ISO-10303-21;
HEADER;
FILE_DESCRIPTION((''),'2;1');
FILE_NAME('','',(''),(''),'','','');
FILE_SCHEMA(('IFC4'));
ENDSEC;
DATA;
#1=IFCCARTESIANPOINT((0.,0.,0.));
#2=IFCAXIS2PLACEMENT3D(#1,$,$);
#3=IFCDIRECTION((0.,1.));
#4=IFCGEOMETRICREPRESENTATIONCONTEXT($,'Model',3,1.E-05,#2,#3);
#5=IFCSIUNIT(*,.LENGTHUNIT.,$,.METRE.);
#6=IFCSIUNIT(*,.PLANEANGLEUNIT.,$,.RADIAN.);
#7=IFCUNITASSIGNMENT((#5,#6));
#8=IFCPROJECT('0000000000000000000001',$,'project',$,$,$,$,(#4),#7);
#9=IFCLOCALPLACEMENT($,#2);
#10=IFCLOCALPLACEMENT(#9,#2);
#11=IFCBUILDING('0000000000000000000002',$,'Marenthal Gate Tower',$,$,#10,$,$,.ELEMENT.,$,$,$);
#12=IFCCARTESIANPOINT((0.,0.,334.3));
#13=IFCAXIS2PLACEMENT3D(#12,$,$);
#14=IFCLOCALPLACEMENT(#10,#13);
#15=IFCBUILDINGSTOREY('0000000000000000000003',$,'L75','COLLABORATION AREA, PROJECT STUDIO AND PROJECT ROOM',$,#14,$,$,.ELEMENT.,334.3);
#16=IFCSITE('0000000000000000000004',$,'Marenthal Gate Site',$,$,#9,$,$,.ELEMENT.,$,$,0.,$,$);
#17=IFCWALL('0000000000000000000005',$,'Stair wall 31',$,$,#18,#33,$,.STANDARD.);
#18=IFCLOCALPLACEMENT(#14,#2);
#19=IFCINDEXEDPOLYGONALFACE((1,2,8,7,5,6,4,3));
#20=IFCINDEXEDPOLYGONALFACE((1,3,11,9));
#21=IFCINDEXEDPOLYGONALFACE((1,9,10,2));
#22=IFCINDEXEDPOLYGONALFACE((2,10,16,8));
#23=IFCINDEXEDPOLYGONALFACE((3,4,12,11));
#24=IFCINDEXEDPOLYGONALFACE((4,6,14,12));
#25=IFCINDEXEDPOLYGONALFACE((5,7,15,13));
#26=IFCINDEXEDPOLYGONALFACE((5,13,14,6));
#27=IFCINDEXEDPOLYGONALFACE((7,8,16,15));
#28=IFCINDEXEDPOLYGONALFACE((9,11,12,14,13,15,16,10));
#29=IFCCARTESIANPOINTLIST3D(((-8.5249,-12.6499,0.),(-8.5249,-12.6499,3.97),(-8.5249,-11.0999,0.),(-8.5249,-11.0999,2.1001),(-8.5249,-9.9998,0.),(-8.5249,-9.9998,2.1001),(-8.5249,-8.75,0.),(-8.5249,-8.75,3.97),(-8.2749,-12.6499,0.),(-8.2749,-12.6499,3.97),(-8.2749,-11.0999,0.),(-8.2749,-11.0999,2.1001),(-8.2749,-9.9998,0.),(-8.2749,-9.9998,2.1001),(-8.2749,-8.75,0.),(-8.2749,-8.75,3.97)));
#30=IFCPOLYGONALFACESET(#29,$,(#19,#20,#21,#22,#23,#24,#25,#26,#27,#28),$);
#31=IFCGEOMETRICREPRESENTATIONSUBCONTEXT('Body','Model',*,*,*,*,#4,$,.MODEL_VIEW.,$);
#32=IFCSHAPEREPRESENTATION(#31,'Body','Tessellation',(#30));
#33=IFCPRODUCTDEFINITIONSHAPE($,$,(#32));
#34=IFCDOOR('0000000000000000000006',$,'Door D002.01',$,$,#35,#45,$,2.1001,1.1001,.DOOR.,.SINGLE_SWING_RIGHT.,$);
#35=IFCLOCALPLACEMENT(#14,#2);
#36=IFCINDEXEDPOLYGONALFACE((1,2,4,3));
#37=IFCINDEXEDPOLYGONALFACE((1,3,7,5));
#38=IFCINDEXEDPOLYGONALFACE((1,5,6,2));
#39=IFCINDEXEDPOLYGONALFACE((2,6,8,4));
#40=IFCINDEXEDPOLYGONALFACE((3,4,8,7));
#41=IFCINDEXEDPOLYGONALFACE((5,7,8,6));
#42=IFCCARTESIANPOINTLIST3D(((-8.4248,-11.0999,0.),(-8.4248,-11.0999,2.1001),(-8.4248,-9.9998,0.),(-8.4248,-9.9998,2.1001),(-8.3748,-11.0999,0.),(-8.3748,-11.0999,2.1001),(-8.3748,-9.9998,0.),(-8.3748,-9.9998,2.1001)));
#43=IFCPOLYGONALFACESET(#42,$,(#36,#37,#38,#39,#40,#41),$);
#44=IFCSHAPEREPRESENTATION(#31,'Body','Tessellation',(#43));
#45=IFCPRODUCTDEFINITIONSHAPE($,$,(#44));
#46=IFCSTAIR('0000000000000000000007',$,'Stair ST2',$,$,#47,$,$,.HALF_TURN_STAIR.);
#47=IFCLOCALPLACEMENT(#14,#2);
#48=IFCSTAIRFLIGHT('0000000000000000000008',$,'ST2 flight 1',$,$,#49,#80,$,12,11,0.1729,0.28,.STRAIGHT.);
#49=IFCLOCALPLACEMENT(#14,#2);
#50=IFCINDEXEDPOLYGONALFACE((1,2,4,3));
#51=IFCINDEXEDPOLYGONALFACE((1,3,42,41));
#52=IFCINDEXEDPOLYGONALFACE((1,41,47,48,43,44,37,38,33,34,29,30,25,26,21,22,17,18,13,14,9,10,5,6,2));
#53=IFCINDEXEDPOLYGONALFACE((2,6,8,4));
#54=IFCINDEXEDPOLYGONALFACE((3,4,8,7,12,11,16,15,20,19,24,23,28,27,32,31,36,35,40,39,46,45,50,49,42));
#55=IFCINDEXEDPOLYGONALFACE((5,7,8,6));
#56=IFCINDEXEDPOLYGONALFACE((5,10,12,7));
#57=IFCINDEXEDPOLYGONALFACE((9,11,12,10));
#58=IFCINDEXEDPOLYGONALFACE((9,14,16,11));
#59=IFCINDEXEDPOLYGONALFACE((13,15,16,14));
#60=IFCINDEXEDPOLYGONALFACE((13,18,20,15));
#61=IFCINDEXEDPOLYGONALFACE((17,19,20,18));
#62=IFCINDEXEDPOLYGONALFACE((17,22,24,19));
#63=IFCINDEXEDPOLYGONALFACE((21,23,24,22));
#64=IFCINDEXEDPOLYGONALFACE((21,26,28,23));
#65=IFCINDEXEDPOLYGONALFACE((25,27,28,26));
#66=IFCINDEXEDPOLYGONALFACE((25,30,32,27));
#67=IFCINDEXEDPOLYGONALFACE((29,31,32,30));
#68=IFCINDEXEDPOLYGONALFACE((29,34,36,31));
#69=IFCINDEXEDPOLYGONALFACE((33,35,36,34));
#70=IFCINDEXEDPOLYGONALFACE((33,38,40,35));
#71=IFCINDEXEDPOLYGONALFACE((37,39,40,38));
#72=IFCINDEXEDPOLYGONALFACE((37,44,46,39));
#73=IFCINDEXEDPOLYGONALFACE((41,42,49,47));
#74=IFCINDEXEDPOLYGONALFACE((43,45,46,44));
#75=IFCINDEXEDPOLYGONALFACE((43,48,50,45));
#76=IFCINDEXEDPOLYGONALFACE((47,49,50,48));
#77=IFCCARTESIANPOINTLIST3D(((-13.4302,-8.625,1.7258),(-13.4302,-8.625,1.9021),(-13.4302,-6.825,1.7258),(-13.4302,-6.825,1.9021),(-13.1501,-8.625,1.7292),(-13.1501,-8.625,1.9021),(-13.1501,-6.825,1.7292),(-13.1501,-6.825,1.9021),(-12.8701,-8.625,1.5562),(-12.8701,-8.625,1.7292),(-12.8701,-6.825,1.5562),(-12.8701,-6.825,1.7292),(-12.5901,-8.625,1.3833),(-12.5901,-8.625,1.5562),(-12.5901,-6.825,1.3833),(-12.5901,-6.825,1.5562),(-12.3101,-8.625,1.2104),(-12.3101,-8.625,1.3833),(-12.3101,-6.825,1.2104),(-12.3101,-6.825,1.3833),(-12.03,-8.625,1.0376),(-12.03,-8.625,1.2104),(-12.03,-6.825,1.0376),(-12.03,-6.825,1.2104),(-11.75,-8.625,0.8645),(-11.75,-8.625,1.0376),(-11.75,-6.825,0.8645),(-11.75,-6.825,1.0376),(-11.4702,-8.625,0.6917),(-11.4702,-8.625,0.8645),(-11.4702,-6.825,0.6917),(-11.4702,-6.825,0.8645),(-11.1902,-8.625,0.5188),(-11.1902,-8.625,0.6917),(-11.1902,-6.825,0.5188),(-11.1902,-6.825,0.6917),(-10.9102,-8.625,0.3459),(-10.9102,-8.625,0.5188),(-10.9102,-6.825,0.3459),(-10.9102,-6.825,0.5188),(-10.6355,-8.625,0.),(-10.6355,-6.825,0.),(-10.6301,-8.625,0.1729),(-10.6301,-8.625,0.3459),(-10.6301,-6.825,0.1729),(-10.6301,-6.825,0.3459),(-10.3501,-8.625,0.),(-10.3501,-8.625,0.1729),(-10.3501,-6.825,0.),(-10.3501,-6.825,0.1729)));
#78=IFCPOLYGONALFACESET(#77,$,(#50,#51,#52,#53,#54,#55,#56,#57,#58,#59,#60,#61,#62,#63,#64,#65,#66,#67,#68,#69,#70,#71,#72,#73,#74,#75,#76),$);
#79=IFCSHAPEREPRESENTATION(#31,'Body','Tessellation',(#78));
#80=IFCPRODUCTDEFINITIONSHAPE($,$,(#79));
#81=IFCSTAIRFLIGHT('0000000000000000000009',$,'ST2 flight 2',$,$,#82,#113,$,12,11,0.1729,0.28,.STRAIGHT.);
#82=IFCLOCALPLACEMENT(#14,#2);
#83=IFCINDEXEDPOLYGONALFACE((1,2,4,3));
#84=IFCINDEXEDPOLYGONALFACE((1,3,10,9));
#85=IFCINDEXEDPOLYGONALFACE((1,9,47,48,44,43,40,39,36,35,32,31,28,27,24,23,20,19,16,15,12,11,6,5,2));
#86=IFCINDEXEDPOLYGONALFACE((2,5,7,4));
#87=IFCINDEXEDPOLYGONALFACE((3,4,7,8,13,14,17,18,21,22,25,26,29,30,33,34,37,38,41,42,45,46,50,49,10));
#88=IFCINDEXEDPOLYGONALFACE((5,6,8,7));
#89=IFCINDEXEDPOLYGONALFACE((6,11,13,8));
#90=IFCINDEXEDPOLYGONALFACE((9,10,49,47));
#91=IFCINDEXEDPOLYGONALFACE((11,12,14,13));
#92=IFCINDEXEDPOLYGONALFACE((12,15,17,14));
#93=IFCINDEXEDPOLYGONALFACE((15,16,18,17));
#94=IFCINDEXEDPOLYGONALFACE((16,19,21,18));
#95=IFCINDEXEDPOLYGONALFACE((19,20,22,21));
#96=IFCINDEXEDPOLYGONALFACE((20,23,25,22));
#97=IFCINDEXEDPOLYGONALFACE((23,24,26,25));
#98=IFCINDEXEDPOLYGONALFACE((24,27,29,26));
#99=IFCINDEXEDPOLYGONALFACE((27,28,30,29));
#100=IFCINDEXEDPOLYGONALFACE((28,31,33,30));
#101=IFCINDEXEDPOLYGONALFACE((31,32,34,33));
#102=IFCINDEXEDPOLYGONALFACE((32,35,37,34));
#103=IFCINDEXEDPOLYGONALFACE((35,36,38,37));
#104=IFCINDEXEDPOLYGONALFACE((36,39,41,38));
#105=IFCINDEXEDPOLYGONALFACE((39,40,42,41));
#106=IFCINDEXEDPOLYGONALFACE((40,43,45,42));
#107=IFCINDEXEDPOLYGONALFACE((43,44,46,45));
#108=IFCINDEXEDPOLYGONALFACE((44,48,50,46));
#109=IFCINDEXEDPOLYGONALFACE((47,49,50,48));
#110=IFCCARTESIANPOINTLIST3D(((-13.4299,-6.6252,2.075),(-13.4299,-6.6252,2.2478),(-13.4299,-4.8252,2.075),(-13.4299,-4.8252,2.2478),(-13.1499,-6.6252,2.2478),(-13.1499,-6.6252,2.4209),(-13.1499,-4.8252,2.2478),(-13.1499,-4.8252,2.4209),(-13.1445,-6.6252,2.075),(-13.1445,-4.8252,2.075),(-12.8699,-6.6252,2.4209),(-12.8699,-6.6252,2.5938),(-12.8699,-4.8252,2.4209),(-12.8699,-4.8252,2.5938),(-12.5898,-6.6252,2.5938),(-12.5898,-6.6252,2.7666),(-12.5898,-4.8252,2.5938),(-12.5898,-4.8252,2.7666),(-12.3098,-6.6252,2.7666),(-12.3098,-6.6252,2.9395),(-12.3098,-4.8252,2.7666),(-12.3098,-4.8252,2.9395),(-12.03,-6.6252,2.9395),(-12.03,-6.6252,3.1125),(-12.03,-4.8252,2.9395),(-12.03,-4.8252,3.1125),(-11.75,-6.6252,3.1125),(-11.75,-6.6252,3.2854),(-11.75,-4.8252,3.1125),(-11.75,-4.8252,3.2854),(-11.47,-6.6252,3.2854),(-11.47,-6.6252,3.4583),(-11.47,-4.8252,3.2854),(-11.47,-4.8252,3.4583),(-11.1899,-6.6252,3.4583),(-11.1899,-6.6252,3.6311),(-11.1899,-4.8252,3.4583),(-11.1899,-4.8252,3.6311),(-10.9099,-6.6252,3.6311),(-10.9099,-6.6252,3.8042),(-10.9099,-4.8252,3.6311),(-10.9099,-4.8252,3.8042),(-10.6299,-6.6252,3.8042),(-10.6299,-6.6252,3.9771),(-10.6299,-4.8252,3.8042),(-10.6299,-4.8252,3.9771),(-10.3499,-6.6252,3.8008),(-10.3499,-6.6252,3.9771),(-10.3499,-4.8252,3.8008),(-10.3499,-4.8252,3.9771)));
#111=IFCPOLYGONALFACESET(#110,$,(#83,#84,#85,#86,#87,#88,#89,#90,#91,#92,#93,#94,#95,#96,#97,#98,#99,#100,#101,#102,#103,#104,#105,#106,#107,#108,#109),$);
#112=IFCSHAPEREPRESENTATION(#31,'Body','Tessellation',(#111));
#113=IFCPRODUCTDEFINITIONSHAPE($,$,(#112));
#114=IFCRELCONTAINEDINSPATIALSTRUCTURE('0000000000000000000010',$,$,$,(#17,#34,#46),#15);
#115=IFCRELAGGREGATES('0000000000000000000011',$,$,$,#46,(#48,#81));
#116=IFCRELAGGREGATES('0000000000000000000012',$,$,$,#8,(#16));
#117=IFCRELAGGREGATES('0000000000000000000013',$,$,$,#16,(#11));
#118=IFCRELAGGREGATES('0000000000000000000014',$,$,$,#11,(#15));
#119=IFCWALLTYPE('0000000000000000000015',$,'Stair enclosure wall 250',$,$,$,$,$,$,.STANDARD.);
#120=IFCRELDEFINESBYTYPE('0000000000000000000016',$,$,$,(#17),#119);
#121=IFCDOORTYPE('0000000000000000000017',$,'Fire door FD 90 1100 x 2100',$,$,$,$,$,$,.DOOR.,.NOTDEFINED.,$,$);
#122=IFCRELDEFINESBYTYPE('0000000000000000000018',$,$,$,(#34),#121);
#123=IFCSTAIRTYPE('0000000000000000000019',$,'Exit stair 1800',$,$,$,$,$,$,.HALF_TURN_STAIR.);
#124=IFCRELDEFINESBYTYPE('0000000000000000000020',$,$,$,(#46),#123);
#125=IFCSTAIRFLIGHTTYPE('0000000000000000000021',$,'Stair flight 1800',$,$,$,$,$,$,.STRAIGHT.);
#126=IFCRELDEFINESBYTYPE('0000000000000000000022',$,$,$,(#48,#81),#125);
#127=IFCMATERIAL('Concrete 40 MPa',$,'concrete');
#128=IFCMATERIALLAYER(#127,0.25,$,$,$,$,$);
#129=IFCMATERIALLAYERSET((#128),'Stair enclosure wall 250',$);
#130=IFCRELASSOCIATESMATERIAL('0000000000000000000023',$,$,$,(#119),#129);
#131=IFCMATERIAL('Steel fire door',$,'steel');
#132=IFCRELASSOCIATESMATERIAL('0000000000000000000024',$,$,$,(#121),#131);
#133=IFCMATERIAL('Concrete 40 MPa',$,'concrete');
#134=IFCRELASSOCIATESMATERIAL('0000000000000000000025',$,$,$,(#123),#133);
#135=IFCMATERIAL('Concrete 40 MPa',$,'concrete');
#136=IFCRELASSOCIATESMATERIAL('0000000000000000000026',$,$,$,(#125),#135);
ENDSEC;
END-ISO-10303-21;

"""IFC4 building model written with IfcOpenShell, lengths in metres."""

from ifc_helpers import new_model, si_unit, direction, frame, frame_2d, origin, place, context, subcontext, project, spatial, polyline, rectangle, outline, extrude, material, layer, layer_set, type_object, element, fill, aggregate, save


model = new_model("IFC4")

# Units and contexts
model_context = context("Model", 3, precision=1e-05, world=origin(), true_north=direction((0.0, 1.0)))
body_context = subcontext(model_context, "Body", "Model", "MODEL_VIEW")
ifc_project = project(units=[si_unit("LENGTHUNIT", "METRE"), si_unit("PLANEANGLEUNIT", "RADIAN")], contexts=[model_context])

# Site, building, storey
site_placement = place(None, origin())
site = spatial("IfcSite", under=ifc_project, at=site_placement, Name="Marenthal Gate Site", CompositionType="ELEMENT", RefElevation=0.0)
building_placement = place(site_placement, origin())
building = spatial("IfcBuilding", under=site, at=building_placement, Name="Marenthal Gate Tower", CompositionType="ELEMENT")
storey_placement = place(building_placement, frame((0.0, 0.0, 334.3)))
storey = spatial("IfcBuildingStorey", under=building, at=storey_placement, Name="L75", Description="COLLABORATION AREA, PROJECT STUDIO AND PROJECT ROOM", CompositionType="ELEMENT", Elevation=334.3)

# Shared definitions
ifc_material_1 = material(Name="Concrete 40 MPa", Category="concrete")
ifc_layer_1 = layer(ifc_material_1, 0.25)
ifc_layer_set_1 = layer_set([ifc_layer_1], Name="Stair enclosure wall 250")
wall_type_1 = type_object("IfcWallType", Name="Stair enclosure wall 250", PredefinedType="STANDARD", material=ifc_layer_set_1)

# Wall, opening, door
wall_1_placement = place(storey_placement, frame((-8.3999, -12.6499, 0.0), z_axis=(0.0, 0.0, 1.0), x_axis=(0.0, 1.0, 0.0)))
wall_1 = element("IfcWall", 1, at=wall_1_placement, inside=storey, type_object=wall_type_1, Name="Stair wall 31", PredefinedType="STANDARD", context=body_context, shape_type="SweptSolid", body=[
    extrude(rectangle(XDim=3.8999, YDim=0.25, at=frame_2d((1.95, 0.0))), origin(), (0.0, 0.0, 1.0), 3.97),
])
opening_1_placement = place(wall_1_placement, frame((1.55, 0.0, 0.0)))
opening_1 = element("IfcOpeningElement", 2, at=opening_1_placement, cuts=wall_1, PredefinedType="OPENING", context=body_context, shape_type="SweptSolid", body=[
    extrude(rectangle(XDim=1.1001, YDim=2.1001, at=frame_2d((0.55, 1.05))), frame((0.0, 0.135, 0.0), z_axis=(0.0, -1.0, 0.0), x_axis=(1.0, 0.0, 0.0)), (0.0, 0.0, 1.0), 0.27),
])
ifc_material_2 = material(Name="Steel fire door", Category="steel")
door_type_1 = type_object("IfcDoorType", Name="Fire door FD 90 1100 x 2100", OperationType="NOTDEFINED", PredefinedType="DOOR", material=ifc_material_2)
door_1_placement = place(opening_1_placement, origin())
door_1 = element("IfcDoor", 3, at=door_1_placement, inside=storey, type_object=door_type_1, Name="Door D002.01", OperationType="SINGLE_SWING_RIGHT", OverallHeight=2.1001, OverallWidth=1.1001, PredefinedType="DOOR", context=body_context, shape_type="SweptSolid", body=[
    extrude(rectangle(XDim=1.1001, YDim=2.1001, at=frame_2d((0.55, 1.05))), frame((0.0, 0.0249, 0.0), z_axis=(0.0, -1.0, 0.0), x_axis=(1.0, 0.0, 0.0)), (0.0, 0.0, 1.0), 0.05),
])
fill(opening_1, door_1)

# Stair, stair flights
ifc_material_3 = material(Name="Concrete 40 MPa", Category="concrete")
stair_type = type_object("IfcStairType", Name="Exit stair 1800", PredefinedType="HALF_TURN_STAIR", material=ifc_material_3)
stair_placement = place(storey_placement, origin())
stair = element("IfcStair", 4, at=stair_placement, inside=storey, type_object=stair_type, Name="Stair ST2", PredefinedType="HALF_TURN_STAIR")
ifc_material_4 = material(Name="Concrete 40 MPa", Category="concrete")
stair_flight_type = type_object("IfcStairFlightType", Name="Stair flight 1800", PredefinedType="STRAIGHT", material=ifc_material_4)
stair_flight_1_placement = place(storey_placement, frame((-10.3501, -7.7251, 0.0), z_axis=(0.0, 0.0, 1.0), x_axis=(-1.0, 0.0, 0.0)))
stair_flight_1 = element("IfcStairFlight", 5, at=stair_flight_1_placement, type_object=stair_flight_type, Name="ST2 flight 1", NumberOfRisers=12, NumberOfTreads=11, PredefinedType="STRAIGHT", RiserHeight=0.1729, TreadLength=0.28, context=body_context, shape_type="SweptSolid", body=[
    extrude(outline(polyline([(0.0, 0.0), (0.0, 0.1729), (0.28, 0.1729), (0.28, 0.3459), (0.5601, 0.3459), (0.5601, 0.5188), (0.8401, 0.5188), (0.8401, 0.6917), (1.1201, 0.6917), (1.1201, 0.8645), (1.3999, 0.8645), (1.3999, 1.0376), (1.6799, 1.0376), (1.6799, 1.2104), (1.96, 1.2104), (1.96, 1.3833), (2.24, 1.3833), (2.24, 1.5562), (2.52, 1.5562), (2.52, 1.7292), (2.8, 1.7292), (2.8, 1.9021), (3.0801, 1.9021), (3.0801, 2.075), (3.0801, 1.7258), (0.2854, 0.0), (0.0, 0.0)])), frame((0.0, 0.8999, 0.0), z_axis=(0.0, -1.0, 0.0), x_axis=(1.0, 0.0, 0.0)), (0.0, 0.0, 1.0), 1.8),
])
stair_flight_2_placement = place(storey_placement, frame((-13.4299, -5.7251, 2.075), z_axis=(0.0, 0.0, 1.0), x_axis=(1.0, 0.0, 0.0)))
stair_flight_2 = element("IfcStairFlight", 6, at=stair_flight_2_placement, type_object=stair_flight_type, Name="ST2 flight 2", NumberOfRisers=12, NumberOfTreads=11, PredefinedType="STRAIGHT", RiserHeight=0.1729, TreadLength=0.28, context=body_context, shape_type="SweptSolid", body=[
    extrude(outline(polyline([(0.0, 0.0), (0.0, 0.1729), (0.28, 0.1729), (0.28, 0.3459), (0.5601, 0.3459), (0.5601, 0.5188), (0.8401, 0.5188), (0.8401, 0.6917), (1.1201, 0.6917), (1.1201, 0.8645), (1.3999, 0.8645), (1.3999, 1.0376), (1.6799, 1.0376), (1.6799, 1.2104), (1.96, 1.2104), (1.96, 1.3833), (2.24, 1.3833), (2.24, 1.5562), (2.52, 1.5562), (2.52, 1.7292), (2.8, 1.7292), (2.8, 1.9021), (3.0801, 1.9021), (3.0801, 2.075), (3.0801, 1.7258), (0.2854, 0.0), (0.0, 0.0)])), frame((0.0, 0.8999, 0.0), z_axis=(0.0, -1.0, 0.0), x_axis=(1.0, 0.0, 0.0)), (0.0, 0.0, 1.0), 1.8),
])
aggregate(stair, [stair_flight_1, stair_flight_2])

save(model, "model.ifc")
